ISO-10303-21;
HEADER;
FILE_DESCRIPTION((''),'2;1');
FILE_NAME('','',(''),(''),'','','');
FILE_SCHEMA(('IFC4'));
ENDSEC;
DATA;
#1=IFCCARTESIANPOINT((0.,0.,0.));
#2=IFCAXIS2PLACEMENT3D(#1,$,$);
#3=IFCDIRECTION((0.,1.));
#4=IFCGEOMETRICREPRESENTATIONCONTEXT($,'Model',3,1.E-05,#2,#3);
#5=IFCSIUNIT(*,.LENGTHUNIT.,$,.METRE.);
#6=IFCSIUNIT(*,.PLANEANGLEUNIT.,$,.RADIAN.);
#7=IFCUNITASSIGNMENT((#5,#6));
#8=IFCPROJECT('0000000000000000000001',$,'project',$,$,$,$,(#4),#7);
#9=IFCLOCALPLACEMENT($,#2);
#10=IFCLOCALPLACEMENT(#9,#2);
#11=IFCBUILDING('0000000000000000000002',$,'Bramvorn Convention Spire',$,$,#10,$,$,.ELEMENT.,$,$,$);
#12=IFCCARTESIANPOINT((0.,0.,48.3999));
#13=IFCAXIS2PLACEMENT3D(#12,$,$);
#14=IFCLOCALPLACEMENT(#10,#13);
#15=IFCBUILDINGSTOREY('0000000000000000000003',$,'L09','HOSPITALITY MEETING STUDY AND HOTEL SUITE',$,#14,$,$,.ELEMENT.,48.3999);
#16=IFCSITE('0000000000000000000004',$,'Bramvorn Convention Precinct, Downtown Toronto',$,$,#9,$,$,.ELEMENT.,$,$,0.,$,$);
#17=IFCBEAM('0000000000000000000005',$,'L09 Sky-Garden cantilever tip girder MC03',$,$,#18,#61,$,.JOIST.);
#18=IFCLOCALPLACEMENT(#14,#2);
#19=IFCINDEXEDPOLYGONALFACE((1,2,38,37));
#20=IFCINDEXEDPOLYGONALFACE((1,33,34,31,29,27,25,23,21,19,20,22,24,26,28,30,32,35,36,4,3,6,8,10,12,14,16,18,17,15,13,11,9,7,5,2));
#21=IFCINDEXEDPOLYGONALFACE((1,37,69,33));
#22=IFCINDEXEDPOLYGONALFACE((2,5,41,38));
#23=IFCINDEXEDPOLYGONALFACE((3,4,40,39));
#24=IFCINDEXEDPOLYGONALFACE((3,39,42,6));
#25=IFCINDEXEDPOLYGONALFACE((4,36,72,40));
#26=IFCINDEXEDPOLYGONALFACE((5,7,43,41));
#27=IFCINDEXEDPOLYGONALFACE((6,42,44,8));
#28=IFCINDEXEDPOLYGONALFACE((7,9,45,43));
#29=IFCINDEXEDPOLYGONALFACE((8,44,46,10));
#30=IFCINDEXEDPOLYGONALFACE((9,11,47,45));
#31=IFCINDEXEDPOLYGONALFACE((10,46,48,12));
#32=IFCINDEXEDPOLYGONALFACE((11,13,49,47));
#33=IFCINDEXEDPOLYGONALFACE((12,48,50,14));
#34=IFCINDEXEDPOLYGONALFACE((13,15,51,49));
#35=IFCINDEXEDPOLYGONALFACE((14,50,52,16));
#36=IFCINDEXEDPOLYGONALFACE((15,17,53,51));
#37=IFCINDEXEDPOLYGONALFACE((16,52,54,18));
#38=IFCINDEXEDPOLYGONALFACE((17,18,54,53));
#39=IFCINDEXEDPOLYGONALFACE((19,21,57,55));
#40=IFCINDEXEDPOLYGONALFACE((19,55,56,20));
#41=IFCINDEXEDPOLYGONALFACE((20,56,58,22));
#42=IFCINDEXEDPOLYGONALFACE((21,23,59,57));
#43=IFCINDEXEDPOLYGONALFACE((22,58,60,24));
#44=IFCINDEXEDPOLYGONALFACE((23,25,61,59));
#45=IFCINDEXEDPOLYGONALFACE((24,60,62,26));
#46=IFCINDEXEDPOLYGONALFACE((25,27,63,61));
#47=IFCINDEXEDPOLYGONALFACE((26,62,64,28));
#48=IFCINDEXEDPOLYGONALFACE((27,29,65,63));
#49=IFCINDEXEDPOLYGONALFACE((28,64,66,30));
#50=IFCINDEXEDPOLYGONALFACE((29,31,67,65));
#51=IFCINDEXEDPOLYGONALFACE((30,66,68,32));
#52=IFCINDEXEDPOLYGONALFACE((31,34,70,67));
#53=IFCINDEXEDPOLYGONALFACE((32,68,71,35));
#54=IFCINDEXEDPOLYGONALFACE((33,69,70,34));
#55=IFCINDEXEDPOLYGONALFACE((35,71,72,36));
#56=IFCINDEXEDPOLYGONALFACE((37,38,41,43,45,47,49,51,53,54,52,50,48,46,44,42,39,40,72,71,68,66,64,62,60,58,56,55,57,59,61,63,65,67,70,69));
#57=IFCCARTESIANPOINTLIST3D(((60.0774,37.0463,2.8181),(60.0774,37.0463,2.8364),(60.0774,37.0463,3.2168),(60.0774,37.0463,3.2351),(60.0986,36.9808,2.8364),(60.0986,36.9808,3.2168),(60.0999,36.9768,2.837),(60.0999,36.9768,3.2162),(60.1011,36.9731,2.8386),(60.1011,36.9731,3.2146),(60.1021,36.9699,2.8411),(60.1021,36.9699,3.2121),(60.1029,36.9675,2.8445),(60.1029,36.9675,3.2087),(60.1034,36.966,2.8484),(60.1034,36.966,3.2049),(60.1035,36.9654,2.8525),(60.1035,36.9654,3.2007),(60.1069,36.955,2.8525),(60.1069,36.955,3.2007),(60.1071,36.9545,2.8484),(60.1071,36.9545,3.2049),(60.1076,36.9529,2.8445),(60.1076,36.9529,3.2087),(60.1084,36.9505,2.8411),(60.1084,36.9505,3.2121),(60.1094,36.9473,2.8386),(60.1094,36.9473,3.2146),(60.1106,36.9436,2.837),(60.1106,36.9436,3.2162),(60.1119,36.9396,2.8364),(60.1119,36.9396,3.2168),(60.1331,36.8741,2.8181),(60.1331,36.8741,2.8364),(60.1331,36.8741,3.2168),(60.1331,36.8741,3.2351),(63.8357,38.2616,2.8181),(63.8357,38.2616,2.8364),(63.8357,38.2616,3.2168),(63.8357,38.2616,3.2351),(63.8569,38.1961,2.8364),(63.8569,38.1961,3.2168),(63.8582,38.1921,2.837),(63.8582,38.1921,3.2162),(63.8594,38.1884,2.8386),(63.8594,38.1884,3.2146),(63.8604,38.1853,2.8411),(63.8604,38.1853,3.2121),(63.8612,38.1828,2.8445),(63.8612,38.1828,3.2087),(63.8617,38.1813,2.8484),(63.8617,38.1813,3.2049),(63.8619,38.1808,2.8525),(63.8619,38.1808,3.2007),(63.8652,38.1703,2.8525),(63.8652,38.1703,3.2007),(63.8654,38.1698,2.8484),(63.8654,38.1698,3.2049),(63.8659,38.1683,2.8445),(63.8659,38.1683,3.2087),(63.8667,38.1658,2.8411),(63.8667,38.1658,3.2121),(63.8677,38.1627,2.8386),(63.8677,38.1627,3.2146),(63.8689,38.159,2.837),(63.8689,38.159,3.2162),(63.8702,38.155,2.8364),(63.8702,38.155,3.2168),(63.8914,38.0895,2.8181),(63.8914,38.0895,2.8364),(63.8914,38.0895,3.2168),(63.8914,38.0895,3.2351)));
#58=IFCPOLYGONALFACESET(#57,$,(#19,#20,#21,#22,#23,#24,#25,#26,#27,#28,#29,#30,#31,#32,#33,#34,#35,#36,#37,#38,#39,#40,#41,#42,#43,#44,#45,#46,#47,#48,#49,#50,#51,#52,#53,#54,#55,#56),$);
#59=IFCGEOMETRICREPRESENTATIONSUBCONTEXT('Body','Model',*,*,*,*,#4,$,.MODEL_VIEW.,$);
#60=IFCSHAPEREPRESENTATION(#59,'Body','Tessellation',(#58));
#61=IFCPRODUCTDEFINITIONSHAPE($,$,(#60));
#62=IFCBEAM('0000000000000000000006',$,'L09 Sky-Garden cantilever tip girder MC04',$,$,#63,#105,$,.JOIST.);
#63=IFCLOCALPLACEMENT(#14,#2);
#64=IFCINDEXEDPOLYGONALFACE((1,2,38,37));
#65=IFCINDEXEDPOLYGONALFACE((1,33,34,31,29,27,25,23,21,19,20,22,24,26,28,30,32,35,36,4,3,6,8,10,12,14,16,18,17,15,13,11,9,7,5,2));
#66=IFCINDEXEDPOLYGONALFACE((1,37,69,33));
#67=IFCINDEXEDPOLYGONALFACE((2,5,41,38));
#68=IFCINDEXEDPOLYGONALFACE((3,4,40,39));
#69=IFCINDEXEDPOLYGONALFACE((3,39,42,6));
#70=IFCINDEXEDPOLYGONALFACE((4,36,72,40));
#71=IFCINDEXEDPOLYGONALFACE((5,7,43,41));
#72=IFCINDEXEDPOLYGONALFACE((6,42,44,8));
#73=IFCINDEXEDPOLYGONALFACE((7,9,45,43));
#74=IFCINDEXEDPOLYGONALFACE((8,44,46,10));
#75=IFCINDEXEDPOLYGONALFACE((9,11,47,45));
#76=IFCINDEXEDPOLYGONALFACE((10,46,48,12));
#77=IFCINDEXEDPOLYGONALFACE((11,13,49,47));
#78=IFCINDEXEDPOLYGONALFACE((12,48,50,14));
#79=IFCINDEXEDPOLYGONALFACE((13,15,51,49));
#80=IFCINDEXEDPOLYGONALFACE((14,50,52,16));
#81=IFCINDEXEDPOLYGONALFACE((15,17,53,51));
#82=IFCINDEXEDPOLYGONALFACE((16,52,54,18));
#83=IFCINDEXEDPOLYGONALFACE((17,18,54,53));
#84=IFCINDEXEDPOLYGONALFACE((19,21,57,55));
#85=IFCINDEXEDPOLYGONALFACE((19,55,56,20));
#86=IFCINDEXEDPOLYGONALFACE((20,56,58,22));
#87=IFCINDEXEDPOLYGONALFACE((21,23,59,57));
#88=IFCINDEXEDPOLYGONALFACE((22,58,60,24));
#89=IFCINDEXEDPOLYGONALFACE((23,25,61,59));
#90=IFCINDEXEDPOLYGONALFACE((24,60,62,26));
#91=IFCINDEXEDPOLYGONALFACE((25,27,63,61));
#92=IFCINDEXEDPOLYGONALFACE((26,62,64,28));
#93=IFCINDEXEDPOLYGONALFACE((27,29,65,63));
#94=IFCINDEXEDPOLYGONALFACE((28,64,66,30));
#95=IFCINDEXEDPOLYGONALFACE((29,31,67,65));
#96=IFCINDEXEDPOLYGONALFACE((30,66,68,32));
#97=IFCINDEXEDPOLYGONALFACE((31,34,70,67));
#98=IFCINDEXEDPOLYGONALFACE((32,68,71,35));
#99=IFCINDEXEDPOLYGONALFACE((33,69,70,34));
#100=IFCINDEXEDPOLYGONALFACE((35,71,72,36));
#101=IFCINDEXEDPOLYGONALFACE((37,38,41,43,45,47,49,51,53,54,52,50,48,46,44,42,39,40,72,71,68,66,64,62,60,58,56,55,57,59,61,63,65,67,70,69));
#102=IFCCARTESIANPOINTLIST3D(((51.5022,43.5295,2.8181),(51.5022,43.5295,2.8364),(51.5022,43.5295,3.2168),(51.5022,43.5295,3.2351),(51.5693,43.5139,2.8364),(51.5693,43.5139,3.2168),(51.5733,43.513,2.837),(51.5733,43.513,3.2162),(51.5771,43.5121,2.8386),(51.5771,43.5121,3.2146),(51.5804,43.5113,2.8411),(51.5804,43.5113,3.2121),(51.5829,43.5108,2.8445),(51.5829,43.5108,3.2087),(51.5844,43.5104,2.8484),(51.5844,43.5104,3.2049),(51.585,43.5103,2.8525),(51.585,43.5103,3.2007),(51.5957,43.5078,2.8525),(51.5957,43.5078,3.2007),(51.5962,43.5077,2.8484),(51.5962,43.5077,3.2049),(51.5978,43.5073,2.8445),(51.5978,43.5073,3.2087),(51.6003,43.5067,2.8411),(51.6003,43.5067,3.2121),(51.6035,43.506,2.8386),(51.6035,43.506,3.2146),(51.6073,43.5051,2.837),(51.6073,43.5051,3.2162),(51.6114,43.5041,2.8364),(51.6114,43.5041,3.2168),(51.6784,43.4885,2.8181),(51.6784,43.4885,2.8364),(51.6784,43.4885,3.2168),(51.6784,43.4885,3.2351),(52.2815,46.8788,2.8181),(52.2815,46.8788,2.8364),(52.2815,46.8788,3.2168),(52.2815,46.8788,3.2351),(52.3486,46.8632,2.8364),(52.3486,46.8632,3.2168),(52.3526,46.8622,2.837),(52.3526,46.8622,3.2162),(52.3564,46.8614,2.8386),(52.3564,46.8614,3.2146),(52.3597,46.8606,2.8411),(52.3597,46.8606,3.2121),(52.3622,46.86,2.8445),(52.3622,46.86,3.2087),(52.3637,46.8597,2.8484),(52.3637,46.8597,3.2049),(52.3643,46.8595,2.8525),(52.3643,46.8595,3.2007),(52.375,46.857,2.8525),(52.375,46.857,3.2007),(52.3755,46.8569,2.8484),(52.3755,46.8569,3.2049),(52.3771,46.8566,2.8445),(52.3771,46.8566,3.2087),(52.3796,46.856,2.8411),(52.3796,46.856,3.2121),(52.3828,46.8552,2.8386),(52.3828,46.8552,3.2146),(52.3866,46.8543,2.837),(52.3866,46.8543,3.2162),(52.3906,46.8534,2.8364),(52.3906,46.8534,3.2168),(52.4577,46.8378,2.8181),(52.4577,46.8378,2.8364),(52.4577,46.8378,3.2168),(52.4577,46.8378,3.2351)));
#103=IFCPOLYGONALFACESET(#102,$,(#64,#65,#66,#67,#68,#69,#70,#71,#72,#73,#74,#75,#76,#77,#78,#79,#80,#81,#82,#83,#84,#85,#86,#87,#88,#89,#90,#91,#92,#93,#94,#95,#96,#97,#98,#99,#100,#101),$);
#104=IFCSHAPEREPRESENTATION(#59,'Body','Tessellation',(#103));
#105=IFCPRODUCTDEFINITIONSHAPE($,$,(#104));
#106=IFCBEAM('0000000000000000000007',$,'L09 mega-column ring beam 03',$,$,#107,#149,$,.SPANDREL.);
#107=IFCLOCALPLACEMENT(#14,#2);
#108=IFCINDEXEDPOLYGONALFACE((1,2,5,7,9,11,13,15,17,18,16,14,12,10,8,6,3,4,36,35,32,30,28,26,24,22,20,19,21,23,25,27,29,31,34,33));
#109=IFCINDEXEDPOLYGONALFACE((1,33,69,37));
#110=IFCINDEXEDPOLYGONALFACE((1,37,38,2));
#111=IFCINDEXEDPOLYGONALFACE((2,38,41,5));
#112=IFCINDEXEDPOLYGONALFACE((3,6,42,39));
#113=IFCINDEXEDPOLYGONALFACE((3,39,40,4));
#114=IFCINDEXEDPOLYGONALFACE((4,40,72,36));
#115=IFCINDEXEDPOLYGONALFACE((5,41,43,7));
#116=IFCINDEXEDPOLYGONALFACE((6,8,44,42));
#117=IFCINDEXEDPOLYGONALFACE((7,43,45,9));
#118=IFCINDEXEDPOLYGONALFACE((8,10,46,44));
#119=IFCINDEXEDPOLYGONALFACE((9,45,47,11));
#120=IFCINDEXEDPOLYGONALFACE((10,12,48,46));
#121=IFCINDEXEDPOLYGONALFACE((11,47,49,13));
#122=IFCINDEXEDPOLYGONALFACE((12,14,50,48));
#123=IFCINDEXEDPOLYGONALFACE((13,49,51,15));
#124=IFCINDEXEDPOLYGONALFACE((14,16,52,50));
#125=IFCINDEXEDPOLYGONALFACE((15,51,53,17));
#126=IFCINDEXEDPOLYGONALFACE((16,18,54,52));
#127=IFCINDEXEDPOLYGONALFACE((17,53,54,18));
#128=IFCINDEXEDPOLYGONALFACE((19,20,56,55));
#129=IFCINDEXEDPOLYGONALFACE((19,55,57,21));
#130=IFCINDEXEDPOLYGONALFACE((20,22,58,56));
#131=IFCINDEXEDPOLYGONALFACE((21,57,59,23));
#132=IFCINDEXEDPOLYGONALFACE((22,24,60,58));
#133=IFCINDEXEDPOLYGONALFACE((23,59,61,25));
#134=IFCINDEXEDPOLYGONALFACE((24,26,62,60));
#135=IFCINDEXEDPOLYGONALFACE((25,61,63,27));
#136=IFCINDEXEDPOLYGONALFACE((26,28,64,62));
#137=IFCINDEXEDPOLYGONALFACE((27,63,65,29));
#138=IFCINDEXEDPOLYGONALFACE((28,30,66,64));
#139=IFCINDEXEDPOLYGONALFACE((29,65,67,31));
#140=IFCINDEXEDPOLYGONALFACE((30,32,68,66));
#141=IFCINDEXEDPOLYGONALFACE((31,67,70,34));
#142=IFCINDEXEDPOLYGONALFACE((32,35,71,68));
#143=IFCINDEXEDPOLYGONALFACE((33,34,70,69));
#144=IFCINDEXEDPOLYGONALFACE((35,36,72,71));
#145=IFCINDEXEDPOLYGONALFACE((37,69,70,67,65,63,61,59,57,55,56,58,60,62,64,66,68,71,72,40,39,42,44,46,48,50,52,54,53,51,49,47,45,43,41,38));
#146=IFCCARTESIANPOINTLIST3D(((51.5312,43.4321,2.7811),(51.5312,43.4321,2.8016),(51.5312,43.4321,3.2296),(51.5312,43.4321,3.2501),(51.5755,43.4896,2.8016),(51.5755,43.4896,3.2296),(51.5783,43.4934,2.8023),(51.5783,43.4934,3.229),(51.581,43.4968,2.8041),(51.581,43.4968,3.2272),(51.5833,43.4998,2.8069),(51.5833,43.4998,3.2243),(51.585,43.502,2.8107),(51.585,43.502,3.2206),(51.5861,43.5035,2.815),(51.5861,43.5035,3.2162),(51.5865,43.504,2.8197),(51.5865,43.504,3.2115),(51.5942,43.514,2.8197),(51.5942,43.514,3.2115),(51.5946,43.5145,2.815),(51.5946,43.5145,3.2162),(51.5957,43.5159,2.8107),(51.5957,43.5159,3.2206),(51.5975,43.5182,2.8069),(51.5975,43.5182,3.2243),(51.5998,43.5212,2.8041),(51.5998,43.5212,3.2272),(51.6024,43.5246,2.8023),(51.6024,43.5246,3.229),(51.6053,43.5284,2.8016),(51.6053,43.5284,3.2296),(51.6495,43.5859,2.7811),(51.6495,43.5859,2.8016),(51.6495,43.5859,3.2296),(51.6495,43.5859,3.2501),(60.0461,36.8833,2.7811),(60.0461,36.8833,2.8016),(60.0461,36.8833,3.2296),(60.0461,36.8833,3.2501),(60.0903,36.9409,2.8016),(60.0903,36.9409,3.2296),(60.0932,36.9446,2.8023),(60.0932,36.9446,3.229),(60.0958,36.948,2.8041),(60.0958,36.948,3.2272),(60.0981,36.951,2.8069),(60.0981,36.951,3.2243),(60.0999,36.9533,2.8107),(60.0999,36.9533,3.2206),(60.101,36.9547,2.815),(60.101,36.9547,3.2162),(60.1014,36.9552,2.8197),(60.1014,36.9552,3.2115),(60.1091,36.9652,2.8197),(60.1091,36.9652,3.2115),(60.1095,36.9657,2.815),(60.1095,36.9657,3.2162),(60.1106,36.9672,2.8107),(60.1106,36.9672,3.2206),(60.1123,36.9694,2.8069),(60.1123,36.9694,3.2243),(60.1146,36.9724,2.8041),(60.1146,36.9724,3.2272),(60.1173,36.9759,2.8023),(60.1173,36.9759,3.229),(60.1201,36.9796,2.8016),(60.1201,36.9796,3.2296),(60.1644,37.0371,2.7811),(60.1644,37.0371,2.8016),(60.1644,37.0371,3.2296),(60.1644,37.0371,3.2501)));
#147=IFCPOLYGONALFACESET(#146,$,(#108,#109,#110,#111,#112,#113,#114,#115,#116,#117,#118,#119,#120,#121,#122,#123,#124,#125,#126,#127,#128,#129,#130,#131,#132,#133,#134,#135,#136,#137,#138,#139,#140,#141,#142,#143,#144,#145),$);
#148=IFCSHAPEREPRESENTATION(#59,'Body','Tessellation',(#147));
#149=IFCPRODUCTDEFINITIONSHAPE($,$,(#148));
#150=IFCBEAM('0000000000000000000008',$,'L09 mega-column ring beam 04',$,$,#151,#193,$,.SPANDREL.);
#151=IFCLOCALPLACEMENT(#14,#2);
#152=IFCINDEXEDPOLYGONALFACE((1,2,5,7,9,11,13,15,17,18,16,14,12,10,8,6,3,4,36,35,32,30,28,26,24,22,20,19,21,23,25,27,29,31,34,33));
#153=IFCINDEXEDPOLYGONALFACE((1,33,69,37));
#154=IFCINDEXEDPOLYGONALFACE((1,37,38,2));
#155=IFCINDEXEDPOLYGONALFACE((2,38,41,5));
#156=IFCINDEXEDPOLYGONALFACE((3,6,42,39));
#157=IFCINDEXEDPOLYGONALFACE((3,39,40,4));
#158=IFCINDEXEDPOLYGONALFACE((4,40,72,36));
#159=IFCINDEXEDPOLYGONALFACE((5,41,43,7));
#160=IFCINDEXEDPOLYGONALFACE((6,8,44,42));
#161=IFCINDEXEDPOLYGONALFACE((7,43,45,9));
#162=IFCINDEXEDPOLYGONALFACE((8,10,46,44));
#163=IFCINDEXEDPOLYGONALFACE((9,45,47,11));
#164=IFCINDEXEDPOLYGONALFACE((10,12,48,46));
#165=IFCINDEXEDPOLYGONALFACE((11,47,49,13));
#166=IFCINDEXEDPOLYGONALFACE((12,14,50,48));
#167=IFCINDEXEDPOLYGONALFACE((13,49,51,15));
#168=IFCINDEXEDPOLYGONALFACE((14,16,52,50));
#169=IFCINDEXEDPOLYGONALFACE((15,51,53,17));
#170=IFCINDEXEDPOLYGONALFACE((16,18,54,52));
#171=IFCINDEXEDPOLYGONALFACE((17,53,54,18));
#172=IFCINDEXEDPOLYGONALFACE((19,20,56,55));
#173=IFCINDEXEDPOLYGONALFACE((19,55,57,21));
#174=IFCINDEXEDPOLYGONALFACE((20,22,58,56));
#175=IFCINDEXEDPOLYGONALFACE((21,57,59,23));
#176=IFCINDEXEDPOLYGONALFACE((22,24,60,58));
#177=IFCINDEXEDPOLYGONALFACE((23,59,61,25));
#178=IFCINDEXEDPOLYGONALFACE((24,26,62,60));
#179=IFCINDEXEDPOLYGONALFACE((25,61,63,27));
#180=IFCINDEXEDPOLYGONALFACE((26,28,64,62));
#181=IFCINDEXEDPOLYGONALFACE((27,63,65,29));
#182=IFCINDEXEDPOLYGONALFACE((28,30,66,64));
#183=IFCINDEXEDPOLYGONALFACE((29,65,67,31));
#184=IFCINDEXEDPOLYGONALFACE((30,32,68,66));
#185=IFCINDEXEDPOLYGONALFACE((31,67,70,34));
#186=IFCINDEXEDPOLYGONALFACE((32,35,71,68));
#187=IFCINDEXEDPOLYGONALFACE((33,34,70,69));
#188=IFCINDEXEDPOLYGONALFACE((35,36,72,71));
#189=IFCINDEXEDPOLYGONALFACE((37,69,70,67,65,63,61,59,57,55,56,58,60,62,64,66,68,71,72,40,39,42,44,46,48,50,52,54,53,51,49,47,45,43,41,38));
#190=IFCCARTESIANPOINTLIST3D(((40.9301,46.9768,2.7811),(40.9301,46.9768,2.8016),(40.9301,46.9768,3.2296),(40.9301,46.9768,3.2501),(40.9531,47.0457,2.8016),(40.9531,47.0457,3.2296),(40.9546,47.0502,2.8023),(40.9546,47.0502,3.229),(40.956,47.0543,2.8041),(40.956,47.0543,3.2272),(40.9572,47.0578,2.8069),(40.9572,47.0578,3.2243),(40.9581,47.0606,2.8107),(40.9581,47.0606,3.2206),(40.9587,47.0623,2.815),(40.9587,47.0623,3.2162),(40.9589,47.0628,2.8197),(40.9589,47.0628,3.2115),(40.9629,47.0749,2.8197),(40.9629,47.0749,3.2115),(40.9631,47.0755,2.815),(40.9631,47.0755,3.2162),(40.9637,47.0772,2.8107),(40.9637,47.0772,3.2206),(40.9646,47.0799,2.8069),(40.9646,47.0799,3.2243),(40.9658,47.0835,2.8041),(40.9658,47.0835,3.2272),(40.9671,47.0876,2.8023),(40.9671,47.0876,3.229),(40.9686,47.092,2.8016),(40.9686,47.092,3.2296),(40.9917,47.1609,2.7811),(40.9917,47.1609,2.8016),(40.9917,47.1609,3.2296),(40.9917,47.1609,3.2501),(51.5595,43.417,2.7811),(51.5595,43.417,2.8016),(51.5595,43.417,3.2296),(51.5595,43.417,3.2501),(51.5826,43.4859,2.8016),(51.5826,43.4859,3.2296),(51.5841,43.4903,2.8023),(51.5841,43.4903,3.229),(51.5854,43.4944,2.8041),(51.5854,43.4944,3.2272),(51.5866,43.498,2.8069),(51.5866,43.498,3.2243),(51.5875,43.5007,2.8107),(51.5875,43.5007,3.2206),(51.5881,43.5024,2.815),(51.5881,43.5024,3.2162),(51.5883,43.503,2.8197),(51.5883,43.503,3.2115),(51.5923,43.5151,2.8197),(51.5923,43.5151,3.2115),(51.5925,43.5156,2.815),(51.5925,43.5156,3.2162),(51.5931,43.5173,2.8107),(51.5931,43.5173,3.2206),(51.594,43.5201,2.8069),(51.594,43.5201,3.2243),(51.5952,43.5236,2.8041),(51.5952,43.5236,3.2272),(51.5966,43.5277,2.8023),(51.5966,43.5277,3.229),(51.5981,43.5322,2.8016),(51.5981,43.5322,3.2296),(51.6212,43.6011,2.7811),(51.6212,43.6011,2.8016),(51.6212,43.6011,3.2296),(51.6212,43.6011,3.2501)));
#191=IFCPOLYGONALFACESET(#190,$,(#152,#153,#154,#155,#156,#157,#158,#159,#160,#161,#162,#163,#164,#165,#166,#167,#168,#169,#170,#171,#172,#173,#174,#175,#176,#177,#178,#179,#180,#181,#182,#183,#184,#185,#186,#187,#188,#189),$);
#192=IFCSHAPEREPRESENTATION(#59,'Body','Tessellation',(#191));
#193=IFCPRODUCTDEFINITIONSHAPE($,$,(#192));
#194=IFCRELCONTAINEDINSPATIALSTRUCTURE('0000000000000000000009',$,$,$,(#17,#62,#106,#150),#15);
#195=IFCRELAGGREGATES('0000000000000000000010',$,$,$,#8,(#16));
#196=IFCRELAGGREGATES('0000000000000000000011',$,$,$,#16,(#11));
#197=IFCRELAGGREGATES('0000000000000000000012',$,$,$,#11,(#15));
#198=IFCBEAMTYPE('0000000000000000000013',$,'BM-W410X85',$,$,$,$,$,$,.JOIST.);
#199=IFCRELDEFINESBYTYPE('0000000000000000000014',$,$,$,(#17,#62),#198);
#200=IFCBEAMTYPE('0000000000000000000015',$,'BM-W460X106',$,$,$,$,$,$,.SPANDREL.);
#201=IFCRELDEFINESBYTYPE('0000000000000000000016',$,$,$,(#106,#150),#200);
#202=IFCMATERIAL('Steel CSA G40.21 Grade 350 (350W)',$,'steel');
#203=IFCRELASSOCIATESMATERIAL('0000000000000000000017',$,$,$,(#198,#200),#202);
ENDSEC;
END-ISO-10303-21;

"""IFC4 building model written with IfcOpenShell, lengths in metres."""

from ifc_helpers import new_model, si_unit, direction, frame, origin, origin_2d, place, context, subcontext, project, spatial, i_section, extrude, material, material_profile, profile_set, type_object, element, save


model = new_model("IFC4")

# Units and contexts
model_context = context("Model", 3, precision=1e-05, world=origin(), true_north=direction((0.0, 1.0)))
body_context = subcontext(model_context, "Body", "Model", "MODEL_VIEW")
ifc_project = project(units=[si_unit("LENGTHUNIT", "METRE"), si_unit("PLANEANGLEUNIT", "RADIAN")], contexts=[model_context])

# Site, building, storey
site_placement = place(None, origin())
site = spatial("IfcSite", under=ifc_project, at=site_placement, Name="Bramvorn Convention Precinct, Downtown Toronto", CompositionType="ELEMENT", RefElevation=0.0)
building_placement = place(site_placement, origin())
building = spatial("IfcBuilding", under=site, at=building_placement, Name="Bramvorn Convention Spire", CompositionType="ELEMENT")
storey_placement = place(building_placement, frame((0.0, 0.0, 48.3999)))
storey = spatial("IfcBuildingStorey", under=building, at=storey_placement, Name="L09", Description="HOSPITALITY MEETING STUDY AND HOTEL SUITE", CompositionType="ELEMENT", Elevation=48.3999)

# Shared definitions
ifc_material_1 = material(Name="Steel CSA G40.21 Grade 350 (350W)", Category="steel")

# Beams
ifc_material_profile_1 = material_profile(ifc_material_1, i_section(OverallWidth=0.1809, OverallDepth=0.417, WebThickness=0.011, FlangeThickness=0.0183, FilletRadius=0.0161, at=origin_2d()))
ifc_profile_set_1 = profile_set([ifc_material_profile_1], Name="Steel CSA G40.21 Grade 350 (350W) - W410X85")
beam_type_1 = type_object("IfcBeamType", Name="BM-W410X85", PredefinedType="JOIST", material=ifc_profile_set_1)
beam_1_placement = place(storey_placement, frame((60.1052, 36.9602, 3.0266), z_axis=(0.951488, 0.307685, 0.0), x_axis=(-0.307685, 0.951488, 0.0)))
element("IfcBeam", 1, at=beam_1_placement, inside=storey, type_object=beam_type_1, Name="L09 Sky-Garden cantilever tip girder MC03", PredefinedType="JOIST", context=body_context, shape_type="SweptSolid", body=[
    extrude(i_section(OverallWidth=0.1809, OverallDepth=0.417, WebThickness=0.011, FlangeThickness=0.0183, FilletRadius=0.0161, at=origin_2d()), origin(), (0.0, 0.0, 1.0), 3.95),
])
beam_2_placement = place(storey_placement, frame((51.5903, 43.509, 3.0266), z_axis=(0.226617, 0.973984, 0.0), x_axis=(-0.973984, 0.226617, 0.0)))
element("IfcBeam", 2, at=beam_2_placement, inside=storey, type_object=beam_type_1, Name="L09 Sky-Garden cantilever tip girder MC04", PredefinedType="JOIST", context=body_context, shape_type="SweptSolid", body=[
    extrude(i_section(OverallWidth=0.1809, OverallDepth=0.417, WebThickness=0.011, FlangeThickness=0.0183, FilletRadius=0.0161, at=origin_2d()), origin(), (0.0, 0.0, 1.0), 3.4387),
])
ifc_material_profile_2 = material_profile(ifc_material_1, i_section(OverallWidth=0.1941, OverallDepth=0.469, WebThickness=0.0127, FlangeThickness=0.0205, FilletRadius=0.0181, at=origin_2d()))
ifc_profile_set_2 = profile_set([ifc_material_profile_2], Name="Steel CSA G40.21 Grade 350 (350W) - W460X106")
beam_type_2 = type_object("IfcBeamType", Name="BM-W460X106", PredefinedType="SPANDREL", material=ifc_profile_set_2)
beam_3_placement = place(storey_placement, frame((60.1052, 36.9602, 3.0156), z_axis=(-0.792673, 0.609647, 0.0), x_axis=(-0.609647, -0.792673, 0.0)))
element("IfcBeam", 3, at=beam_3_placement, inside=storey, type_object=beam_type_2, Name="L09 mega-column ring beam 03", PredefinedType="SPANDREL", context=body_context, shape_type="SweptSolid", body=[
    extrude(i_section(OverallWidth=0.1941, OverallDepth=0.469, WebThickness=0.0127, FlangeThickness=0.0205, FilletRadius=0.0181, at=origin_2d()), origin(), (0.0, 0.0, 1.0), 10.7419),
])
beam_4_placement = place(storey_placement, frame((51.5903, 43.509, 3.0156), z_axis=(-0.948236, 0.317567, 0.0), x_axis=(-0.317567, -0.948236, 0.0)))
element("IfcBeam", 4, at=beam_4_placement, inside=storey, type_object=beam_type_2, Name="L09 mega-column ring beam 04", PredefinedType="SPANDREL", context=body_context, shape_type="SweptSolid", body=[
    extrude(i_section(OverallWidth=0.1941, OverallDepth=0.469, WebThickness=0.0127, FlangeThickness=0.0205, FilletRadius=0.0181, at=origin_2d()), origin(), (0.0, 0.0, 1.0), 11.2097),
])

save(model, "model.ifc")
